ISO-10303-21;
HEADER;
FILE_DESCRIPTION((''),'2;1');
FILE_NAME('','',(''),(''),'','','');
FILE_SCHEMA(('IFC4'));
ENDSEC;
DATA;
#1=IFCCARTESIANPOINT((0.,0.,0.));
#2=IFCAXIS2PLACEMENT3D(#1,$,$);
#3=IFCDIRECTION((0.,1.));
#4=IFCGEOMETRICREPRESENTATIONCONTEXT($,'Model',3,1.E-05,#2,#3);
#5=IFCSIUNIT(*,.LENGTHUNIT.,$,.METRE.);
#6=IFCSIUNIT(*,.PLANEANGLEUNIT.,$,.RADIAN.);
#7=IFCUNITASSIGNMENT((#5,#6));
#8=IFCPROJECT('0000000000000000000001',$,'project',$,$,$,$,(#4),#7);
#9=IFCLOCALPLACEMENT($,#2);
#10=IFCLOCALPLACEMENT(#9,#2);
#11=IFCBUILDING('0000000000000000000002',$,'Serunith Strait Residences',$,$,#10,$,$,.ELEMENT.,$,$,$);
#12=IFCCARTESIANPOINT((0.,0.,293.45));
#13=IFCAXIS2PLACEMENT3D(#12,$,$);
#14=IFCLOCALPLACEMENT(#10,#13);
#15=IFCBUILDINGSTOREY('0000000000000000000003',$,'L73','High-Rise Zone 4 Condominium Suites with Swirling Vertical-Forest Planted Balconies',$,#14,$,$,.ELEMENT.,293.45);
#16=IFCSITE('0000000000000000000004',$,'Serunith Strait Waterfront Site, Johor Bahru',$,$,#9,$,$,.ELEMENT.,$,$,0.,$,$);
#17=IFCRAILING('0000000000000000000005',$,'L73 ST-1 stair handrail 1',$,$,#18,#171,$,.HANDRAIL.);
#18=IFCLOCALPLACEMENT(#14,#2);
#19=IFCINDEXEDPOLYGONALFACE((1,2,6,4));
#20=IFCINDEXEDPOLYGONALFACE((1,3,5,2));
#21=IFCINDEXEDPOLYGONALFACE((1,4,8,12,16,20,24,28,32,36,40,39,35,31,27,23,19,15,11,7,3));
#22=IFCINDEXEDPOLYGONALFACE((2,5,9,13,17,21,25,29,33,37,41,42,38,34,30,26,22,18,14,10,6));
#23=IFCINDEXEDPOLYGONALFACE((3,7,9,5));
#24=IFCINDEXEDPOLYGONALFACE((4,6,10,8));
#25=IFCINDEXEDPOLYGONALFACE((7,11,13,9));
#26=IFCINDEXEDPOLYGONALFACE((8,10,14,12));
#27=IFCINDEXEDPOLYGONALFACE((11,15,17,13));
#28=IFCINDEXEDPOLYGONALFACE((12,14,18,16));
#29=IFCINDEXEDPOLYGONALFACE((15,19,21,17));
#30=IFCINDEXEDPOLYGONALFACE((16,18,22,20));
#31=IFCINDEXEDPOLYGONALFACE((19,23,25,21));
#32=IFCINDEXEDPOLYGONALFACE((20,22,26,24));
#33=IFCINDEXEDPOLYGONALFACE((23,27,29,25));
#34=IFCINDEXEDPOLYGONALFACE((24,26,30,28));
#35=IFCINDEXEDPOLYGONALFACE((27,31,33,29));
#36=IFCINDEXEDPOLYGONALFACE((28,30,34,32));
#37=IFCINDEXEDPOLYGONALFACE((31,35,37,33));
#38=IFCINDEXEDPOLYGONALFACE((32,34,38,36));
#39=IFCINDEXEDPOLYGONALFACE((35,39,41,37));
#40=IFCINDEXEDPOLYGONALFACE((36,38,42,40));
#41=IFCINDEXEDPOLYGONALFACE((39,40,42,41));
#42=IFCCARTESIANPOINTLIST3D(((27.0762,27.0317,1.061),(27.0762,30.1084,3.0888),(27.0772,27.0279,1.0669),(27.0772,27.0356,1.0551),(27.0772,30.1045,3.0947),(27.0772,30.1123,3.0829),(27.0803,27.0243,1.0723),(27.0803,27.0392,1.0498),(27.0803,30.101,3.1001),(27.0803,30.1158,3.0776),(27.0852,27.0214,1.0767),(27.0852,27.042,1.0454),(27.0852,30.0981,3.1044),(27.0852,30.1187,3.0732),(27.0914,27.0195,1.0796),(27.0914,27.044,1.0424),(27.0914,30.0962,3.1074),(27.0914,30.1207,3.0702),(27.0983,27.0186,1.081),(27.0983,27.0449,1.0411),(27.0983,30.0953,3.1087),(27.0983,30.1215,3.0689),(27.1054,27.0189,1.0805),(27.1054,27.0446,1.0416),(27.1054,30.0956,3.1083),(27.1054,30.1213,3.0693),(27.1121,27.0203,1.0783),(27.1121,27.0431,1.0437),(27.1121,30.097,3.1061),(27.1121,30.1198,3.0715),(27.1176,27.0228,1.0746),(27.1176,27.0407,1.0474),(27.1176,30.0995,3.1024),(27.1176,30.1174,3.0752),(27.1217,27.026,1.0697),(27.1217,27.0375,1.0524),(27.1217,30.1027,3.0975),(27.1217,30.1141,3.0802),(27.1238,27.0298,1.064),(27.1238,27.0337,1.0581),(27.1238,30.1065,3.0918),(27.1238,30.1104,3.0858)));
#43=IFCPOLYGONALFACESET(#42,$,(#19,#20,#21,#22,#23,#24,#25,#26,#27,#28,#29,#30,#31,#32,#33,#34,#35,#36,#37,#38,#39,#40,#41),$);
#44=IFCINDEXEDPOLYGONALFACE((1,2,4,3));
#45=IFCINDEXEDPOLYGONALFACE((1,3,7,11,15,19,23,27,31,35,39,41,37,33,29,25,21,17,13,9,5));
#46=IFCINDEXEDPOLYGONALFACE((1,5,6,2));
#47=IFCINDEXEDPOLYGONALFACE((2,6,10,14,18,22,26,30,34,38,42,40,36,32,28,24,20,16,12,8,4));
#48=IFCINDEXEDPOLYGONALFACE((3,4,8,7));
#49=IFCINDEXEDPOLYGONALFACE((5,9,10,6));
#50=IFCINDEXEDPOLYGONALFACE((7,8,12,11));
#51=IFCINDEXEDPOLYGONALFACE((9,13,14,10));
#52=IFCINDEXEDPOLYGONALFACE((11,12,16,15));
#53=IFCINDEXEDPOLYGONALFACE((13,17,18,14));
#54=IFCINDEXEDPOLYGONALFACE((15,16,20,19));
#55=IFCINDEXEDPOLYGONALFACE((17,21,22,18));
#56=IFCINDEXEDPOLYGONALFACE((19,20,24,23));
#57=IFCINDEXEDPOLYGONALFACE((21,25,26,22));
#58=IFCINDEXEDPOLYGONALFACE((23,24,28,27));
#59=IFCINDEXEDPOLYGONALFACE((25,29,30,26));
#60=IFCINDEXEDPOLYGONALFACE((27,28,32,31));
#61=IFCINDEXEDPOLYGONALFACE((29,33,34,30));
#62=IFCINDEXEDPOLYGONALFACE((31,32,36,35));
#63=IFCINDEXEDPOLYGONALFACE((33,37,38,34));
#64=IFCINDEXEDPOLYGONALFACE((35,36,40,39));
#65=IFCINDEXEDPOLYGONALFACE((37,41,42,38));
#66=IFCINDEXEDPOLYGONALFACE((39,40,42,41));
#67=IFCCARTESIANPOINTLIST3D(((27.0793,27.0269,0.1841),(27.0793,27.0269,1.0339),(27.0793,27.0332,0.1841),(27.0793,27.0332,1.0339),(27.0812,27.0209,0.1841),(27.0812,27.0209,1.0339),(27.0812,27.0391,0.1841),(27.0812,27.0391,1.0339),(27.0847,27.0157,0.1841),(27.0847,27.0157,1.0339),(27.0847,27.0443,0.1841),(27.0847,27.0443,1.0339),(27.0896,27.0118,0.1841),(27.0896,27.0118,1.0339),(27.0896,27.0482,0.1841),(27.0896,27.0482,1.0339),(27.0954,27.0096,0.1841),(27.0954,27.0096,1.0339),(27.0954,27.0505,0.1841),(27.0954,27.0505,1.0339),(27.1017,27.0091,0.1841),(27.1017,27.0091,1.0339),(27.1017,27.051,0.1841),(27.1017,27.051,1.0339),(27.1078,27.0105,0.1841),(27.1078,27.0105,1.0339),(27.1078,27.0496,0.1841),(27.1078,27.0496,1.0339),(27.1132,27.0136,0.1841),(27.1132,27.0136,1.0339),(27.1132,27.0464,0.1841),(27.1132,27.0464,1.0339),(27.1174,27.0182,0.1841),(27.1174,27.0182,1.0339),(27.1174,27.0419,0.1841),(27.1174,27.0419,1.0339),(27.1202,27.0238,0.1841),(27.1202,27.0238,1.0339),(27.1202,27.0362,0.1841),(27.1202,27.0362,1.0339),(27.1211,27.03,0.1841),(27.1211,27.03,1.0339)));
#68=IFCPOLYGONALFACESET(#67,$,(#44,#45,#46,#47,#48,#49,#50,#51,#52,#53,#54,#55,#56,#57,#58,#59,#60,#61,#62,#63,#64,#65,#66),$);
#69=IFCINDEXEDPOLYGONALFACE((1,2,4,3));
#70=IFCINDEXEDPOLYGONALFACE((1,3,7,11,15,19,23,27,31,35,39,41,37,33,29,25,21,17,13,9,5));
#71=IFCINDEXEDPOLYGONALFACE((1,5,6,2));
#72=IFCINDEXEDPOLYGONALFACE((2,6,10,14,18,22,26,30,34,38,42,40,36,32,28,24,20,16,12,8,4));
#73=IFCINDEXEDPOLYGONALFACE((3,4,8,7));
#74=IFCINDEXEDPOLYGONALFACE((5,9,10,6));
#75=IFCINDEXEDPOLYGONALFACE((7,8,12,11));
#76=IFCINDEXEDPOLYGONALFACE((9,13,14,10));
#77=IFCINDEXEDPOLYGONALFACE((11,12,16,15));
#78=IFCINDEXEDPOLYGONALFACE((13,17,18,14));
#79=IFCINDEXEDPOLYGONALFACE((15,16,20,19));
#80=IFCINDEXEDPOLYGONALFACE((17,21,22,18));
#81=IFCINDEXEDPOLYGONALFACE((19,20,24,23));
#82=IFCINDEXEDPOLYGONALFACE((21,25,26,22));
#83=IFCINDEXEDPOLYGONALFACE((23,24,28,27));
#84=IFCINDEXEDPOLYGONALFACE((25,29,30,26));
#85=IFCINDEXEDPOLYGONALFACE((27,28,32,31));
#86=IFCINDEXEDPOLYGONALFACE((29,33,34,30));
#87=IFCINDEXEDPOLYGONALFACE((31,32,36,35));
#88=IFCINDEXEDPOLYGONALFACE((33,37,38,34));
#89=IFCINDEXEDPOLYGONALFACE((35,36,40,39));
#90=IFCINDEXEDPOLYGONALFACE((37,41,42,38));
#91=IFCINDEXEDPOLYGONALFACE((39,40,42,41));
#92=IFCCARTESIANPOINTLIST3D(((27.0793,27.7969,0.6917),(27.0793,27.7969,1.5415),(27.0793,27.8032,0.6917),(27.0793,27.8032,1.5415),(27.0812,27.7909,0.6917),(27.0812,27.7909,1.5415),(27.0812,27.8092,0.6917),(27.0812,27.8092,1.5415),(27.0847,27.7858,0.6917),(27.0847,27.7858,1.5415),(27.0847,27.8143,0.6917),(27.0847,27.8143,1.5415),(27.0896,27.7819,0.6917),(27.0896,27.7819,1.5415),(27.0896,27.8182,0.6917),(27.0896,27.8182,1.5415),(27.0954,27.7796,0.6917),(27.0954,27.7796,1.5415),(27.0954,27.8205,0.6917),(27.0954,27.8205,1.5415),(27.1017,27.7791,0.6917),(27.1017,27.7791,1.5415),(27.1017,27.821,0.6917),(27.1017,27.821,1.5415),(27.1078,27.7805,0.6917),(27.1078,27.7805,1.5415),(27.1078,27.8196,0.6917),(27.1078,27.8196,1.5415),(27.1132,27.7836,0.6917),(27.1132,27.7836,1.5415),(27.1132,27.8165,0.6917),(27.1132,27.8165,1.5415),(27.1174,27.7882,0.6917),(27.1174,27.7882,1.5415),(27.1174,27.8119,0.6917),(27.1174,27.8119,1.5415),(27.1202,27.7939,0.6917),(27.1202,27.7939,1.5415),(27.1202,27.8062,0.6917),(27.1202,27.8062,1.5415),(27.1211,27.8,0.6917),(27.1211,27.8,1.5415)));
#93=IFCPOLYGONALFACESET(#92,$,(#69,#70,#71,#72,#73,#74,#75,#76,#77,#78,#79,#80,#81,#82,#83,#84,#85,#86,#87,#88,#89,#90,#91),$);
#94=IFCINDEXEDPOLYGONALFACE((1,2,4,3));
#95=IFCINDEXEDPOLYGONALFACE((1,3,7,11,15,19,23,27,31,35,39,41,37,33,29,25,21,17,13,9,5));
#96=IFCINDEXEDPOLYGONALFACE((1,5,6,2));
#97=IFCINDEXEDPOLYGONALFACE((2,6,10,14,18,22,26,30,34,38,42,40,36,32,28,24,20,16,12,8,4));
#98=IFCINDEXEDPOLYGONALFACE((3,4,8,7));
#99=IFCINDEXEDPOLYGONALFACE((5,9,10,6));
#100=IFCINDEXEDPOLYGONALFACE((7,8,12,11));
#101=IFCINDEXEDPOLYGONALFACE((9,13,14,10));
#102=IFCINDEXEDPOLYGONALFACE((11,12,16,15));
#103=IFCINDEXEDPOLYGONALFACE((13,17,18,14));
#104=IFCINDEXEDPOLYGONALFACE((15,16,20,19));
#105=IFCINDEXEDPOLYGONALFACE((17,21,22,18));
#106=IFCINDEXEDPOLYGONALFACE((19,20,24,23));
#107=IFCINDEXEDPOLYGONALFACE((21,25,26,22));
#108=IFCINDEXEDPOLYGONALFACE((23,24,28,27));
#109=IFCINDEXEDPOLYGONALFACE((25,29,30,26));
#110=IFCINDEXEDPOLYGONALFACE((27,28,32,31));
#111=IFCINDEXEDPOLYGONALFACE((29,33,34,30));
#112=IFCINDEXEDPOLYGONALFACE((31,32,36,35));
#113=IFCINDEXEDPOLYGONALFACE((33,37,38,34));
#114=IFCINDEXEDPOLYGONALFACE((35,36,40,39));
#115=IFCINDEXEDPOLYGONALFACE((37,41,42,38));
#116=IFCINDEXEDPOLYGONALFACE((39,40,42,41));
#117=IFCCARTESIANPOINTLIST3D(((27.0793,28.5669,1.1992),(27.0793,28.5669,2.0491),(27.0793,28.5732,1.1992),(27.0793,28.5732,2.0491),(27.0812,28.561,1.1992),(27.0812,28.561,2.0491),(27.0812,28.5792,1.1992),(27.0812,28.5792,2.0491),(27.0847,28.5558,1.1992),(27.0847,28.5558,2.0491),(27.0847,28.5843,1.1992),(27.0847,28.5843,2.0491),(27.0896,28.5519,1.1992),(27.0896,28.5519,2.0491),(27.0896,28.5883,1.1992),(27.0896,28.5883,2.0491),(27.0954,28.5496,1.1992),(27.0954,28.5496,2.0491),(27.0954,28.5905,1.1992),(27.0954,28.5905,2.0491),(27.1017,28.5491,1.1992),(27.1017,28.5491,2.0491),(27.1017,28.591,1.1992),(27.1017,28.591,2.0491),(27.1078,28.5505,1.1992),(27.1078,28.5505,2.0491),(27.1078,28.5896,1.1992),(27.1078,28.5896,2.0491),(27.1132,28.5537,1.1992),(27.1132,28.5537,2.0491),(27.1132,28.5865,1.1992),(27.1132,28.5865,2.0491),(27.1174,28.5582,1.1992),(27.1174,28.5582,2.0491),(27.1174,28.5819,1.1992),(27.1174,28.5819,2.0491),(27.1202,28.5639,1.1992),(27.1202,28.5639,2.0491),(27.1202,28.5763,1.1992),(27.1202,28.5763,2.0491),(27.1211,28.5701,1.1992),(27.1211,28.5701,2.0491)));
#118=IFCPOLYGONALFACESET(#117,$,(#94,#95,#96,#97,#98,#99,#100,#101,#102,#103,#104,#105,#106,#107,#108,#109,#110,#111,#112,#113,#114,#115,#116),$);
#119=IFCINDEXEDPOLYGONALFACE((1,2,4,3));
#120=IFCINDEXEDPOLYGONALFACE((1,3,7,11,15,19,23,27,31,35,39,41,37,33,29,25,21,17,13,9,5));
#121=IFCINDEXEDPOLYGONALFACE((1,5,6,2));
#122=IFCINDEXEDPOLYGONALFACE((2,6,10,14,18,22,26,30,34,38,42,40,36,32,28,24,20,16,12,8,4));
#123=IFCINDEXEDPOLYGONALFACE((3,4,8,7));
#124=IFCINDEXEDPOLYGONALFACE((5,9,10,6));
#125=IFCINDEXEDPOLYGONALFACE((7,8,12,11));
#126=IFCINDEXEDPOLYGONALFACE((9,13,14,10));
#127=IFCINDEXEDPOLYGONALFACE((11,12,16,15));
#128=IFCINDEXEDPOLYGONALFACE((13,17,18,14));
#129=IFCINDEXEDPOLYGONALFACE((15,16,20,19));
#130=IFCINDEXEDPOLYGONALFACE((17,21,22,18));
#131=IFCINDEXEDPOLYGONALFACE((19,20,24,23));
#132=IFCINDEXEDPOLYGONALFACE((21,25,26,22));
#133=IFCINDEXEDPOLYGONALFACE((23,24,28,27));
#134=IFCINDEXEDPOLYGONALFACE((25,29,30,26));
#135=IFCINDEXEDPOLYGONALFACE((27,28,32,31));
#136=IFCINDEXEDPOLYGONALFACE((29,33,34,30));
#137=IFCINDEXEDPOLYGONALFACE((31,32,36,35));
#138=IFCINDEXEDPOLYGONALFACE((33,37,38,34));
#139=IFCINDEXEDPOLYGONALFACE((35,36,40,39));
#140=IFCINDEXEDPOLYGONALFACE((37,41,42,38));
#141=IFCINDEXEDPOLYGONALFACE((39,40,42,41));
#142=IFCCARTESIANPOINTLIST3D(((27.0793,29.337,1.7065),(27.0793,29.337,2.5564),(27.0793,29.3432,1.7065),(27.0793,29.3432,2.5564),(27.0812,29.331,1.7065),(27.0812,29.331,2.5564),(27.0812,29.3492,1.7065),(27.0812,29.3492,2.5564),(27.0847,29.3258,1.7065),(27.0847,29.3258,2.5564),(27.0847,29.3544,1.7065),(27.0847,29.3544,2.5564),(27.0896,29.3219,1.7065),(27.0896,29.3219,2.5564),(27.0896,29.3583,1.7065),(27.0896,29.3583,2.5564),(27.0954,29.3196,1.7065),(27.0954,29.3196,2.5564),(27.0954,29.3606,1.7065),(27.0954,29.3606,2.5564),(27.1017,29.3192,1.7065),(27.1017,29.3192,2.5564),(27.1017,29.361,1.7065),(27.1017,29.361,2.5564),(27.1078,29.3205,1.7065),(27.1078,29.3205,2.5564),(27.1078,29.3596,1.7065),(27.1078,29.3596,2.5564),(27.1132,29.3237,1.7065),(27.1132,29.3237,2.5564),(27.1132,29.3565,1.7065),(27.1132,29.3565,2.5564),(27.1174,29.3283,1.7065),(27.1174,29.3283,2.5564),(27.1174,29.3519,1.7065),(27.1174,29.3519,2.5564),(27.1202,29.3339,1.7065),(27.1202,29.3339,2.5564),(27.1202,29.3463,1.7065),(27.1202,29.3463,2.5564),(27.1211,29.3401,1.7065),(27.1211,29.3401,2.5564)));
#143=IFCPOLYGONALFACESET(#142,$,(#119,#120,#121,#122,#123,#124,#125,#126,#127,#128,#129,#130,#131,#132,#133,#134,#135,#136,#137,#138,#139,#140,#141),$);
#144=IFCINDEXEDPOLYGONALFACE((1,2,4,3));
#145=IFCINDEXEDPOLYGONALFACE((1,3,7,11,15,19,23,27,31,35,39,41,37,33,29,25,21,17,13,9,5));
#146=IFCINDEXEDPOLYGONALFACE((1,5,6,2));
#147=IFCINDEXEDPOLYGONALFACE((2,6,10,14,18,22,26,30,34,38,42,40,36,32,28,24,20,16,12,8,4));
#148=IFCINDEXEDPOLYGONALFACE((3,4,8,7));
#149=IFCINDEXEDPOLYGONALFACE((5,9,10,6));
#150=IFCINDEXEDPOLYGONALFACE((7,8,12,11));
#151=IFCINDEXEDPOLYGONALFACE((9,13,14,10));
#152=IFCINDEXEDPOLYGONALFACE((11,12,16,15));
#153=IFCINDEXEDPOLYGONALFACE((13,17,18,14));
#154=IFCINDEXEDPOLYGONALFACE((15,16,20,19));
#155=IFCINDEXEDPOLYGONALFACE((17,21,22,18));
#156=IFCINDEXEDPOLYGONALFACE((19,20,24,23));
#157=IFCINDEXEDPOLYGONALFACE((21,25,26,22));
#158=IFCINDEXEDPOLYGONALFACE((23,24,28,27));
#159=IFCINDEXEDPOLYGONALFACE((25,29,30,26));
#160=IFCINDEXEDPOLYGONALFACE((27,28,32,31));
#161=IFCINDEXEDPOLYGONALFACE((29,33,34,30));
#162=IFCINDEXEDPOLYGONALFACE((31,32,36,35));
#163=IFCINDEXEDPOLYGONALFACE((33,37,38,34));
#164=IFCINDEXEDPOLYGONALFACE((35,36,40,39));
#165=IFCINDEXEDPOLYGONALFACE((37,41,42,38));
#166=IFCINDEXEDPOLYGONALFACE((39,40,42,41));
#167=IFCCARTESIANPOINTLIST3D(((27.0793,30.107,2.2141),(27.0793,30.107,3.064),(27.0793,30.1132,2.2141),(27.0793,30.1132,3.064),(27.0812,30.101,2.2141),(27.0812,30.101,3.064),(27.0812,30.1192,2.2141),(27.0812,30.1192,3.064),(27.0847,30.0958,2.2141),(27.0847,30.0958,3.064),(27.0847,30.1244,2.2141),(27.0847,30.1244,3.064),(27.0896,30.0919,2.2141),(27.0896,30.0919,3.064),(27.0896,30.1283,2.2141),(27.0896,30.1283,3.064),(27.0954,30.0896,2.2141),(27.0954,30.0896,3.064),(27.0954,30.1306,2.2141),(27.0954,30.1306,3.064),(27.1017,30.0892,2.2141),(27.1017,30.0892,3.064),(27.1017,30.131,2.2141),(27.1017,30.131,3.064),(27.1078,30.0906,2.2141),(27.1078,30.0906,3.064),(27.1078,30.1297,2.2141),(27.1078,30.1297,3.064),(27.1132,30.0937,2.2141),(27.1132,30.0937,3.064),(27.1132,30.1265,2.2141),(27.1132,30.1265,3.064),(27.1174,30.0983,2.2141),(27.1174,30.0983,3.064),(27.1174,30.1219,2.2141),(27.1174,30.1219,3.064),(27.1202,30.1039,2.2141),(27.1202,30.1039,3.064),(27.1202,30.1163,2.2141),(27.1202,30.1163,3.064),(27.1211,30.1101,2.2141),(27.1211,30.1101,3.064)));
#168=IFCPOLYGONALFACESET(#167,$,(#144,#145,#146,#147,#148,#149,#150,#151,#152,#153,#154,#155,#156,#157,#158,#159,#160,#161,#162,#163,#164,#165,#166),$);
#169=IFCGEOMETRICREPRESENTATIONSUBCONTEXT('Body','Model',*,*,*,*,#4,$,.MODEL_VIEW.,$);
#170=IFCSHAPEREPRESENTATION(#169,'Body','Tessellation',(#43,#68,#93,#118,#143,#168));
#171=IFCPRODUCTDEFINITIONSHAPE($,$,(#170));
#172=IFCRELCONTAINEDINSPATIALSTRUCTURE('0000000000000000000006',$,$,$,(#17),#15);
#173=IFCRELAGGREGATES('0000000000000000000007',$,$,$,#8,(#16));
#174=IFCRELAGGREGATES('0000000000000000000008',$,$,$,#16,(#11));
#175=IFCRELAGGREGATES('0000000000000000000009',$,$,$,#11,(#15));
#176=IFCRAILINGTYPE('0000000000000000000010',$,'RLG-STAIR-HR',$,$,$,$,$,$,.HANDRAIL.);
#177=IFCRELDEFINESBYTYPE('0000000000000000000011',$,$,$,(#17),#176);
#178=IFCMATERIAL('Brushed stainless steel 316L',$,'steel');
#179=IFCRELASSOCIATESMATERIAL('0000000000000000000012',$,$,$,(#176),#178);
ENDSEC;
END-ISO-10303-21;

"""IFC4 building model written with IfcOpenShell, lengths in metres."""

from ifc_helpers import new_model, si_unit, direction, frame, origin, origin_2d, place, context, subcontext, project, spatial, circle, extrude, material, type_object, element, save


model = new_model("IFC4")

# Units and contexts
model_context = context("Model", 3, precision=1e-05, world=origin(), true_north=direction((0.0, 1.0)))
body_context = subcontext(model_context, "Body", "Model", "MODEL_VIEW")
ifc_project = project(units=[si_unit("LENGTHUNIT", "METRE"), si_unit("PLANEANGLEUNIT", "RADIAN")], contexts=[model_context])

# Site, building, storey
site_placement = place(None, origin())
site = spatial("IfcSite", under=ifc_project, at=site_placement, Name="Serunith Strait Waterfront Site, Johor Bahru", CompositionType="ELEMENT", RefElevation=0.0)
building_placement = place(site_placement, origin())
building = spatial("IfcBuilding", under=site, at=building_placement, Name="Serunith Strait Residences", CompositionType="ELEMENT")
storey_placement = place(building_placement, frame((0.0, 0.0, 293.45)))
storey = spatial("IfcBuildingStorey", under=building, at=storey_placement, Name="L73", Description="High-Rise Zone 4 Condominium Suites with Swirling Vertical-Forest Planted Balconies", CompositionType="ELEMENT", Elevation=293.45)

# Railing
ifc_material_1 = material(Name="Brushed stainless steel 316L", Category="steel")
railing_type_1 = type_object("IfcRailingType", Name="RLG-STAIR-HR", PredefinedType="HANDRAIL", material=ifc_material_1)
railing_1_placement = place(storey_placement, frame((27.1001, 27.03, 0.1841)))
element("IfcRailing", 1, at=railing_1_placement, inside=storey, type_object=railing_type_1, Name="L73 ST-1 stair handrail 1", PredefinedType="HANDRAIL", context=body_context, shape_type="SweptSolid", body=[
    extrude(circle(Radius=0.0239, at=origin_2d()), frame((0.0, 0.0017, 0.877), z_axis=(0.0, 0.834961, 0.550309), x_axis=(-1.0, 0.0, 0.0)), (0.0, 0.0, 1.0), 3.6848),
    extrude(circle(Radius=0.021, at=origin_2d()), origin(), (0.0, 0.0, 1.0), 0.8499),
    extrude(circle(Radius=0.021, at=origin_2d()), frame((0.0, 0.77, 0.5076)), (0.0, 0.0, 1.0), 0.8499),
    extrude(circle(Radius=0.021, at=origin_2d()), frame((0.0, 1.54, 1.0151)), (0.0, 0.0, 1.0), 0.8499),
    extrude(circle(Radius=0.021, at=origin_2d()), frame((0.0, 2.3101, 1.5225)), (0.0, 0.0, 1.0), 0.8499),
    extrude(circle(Radius=0.021, at=origin_2d()), frame((0.0, 3.0801, 2.03)), (0.0, 0.0, 1.0), 0.8499),
])

save(model, "model.ifc")
